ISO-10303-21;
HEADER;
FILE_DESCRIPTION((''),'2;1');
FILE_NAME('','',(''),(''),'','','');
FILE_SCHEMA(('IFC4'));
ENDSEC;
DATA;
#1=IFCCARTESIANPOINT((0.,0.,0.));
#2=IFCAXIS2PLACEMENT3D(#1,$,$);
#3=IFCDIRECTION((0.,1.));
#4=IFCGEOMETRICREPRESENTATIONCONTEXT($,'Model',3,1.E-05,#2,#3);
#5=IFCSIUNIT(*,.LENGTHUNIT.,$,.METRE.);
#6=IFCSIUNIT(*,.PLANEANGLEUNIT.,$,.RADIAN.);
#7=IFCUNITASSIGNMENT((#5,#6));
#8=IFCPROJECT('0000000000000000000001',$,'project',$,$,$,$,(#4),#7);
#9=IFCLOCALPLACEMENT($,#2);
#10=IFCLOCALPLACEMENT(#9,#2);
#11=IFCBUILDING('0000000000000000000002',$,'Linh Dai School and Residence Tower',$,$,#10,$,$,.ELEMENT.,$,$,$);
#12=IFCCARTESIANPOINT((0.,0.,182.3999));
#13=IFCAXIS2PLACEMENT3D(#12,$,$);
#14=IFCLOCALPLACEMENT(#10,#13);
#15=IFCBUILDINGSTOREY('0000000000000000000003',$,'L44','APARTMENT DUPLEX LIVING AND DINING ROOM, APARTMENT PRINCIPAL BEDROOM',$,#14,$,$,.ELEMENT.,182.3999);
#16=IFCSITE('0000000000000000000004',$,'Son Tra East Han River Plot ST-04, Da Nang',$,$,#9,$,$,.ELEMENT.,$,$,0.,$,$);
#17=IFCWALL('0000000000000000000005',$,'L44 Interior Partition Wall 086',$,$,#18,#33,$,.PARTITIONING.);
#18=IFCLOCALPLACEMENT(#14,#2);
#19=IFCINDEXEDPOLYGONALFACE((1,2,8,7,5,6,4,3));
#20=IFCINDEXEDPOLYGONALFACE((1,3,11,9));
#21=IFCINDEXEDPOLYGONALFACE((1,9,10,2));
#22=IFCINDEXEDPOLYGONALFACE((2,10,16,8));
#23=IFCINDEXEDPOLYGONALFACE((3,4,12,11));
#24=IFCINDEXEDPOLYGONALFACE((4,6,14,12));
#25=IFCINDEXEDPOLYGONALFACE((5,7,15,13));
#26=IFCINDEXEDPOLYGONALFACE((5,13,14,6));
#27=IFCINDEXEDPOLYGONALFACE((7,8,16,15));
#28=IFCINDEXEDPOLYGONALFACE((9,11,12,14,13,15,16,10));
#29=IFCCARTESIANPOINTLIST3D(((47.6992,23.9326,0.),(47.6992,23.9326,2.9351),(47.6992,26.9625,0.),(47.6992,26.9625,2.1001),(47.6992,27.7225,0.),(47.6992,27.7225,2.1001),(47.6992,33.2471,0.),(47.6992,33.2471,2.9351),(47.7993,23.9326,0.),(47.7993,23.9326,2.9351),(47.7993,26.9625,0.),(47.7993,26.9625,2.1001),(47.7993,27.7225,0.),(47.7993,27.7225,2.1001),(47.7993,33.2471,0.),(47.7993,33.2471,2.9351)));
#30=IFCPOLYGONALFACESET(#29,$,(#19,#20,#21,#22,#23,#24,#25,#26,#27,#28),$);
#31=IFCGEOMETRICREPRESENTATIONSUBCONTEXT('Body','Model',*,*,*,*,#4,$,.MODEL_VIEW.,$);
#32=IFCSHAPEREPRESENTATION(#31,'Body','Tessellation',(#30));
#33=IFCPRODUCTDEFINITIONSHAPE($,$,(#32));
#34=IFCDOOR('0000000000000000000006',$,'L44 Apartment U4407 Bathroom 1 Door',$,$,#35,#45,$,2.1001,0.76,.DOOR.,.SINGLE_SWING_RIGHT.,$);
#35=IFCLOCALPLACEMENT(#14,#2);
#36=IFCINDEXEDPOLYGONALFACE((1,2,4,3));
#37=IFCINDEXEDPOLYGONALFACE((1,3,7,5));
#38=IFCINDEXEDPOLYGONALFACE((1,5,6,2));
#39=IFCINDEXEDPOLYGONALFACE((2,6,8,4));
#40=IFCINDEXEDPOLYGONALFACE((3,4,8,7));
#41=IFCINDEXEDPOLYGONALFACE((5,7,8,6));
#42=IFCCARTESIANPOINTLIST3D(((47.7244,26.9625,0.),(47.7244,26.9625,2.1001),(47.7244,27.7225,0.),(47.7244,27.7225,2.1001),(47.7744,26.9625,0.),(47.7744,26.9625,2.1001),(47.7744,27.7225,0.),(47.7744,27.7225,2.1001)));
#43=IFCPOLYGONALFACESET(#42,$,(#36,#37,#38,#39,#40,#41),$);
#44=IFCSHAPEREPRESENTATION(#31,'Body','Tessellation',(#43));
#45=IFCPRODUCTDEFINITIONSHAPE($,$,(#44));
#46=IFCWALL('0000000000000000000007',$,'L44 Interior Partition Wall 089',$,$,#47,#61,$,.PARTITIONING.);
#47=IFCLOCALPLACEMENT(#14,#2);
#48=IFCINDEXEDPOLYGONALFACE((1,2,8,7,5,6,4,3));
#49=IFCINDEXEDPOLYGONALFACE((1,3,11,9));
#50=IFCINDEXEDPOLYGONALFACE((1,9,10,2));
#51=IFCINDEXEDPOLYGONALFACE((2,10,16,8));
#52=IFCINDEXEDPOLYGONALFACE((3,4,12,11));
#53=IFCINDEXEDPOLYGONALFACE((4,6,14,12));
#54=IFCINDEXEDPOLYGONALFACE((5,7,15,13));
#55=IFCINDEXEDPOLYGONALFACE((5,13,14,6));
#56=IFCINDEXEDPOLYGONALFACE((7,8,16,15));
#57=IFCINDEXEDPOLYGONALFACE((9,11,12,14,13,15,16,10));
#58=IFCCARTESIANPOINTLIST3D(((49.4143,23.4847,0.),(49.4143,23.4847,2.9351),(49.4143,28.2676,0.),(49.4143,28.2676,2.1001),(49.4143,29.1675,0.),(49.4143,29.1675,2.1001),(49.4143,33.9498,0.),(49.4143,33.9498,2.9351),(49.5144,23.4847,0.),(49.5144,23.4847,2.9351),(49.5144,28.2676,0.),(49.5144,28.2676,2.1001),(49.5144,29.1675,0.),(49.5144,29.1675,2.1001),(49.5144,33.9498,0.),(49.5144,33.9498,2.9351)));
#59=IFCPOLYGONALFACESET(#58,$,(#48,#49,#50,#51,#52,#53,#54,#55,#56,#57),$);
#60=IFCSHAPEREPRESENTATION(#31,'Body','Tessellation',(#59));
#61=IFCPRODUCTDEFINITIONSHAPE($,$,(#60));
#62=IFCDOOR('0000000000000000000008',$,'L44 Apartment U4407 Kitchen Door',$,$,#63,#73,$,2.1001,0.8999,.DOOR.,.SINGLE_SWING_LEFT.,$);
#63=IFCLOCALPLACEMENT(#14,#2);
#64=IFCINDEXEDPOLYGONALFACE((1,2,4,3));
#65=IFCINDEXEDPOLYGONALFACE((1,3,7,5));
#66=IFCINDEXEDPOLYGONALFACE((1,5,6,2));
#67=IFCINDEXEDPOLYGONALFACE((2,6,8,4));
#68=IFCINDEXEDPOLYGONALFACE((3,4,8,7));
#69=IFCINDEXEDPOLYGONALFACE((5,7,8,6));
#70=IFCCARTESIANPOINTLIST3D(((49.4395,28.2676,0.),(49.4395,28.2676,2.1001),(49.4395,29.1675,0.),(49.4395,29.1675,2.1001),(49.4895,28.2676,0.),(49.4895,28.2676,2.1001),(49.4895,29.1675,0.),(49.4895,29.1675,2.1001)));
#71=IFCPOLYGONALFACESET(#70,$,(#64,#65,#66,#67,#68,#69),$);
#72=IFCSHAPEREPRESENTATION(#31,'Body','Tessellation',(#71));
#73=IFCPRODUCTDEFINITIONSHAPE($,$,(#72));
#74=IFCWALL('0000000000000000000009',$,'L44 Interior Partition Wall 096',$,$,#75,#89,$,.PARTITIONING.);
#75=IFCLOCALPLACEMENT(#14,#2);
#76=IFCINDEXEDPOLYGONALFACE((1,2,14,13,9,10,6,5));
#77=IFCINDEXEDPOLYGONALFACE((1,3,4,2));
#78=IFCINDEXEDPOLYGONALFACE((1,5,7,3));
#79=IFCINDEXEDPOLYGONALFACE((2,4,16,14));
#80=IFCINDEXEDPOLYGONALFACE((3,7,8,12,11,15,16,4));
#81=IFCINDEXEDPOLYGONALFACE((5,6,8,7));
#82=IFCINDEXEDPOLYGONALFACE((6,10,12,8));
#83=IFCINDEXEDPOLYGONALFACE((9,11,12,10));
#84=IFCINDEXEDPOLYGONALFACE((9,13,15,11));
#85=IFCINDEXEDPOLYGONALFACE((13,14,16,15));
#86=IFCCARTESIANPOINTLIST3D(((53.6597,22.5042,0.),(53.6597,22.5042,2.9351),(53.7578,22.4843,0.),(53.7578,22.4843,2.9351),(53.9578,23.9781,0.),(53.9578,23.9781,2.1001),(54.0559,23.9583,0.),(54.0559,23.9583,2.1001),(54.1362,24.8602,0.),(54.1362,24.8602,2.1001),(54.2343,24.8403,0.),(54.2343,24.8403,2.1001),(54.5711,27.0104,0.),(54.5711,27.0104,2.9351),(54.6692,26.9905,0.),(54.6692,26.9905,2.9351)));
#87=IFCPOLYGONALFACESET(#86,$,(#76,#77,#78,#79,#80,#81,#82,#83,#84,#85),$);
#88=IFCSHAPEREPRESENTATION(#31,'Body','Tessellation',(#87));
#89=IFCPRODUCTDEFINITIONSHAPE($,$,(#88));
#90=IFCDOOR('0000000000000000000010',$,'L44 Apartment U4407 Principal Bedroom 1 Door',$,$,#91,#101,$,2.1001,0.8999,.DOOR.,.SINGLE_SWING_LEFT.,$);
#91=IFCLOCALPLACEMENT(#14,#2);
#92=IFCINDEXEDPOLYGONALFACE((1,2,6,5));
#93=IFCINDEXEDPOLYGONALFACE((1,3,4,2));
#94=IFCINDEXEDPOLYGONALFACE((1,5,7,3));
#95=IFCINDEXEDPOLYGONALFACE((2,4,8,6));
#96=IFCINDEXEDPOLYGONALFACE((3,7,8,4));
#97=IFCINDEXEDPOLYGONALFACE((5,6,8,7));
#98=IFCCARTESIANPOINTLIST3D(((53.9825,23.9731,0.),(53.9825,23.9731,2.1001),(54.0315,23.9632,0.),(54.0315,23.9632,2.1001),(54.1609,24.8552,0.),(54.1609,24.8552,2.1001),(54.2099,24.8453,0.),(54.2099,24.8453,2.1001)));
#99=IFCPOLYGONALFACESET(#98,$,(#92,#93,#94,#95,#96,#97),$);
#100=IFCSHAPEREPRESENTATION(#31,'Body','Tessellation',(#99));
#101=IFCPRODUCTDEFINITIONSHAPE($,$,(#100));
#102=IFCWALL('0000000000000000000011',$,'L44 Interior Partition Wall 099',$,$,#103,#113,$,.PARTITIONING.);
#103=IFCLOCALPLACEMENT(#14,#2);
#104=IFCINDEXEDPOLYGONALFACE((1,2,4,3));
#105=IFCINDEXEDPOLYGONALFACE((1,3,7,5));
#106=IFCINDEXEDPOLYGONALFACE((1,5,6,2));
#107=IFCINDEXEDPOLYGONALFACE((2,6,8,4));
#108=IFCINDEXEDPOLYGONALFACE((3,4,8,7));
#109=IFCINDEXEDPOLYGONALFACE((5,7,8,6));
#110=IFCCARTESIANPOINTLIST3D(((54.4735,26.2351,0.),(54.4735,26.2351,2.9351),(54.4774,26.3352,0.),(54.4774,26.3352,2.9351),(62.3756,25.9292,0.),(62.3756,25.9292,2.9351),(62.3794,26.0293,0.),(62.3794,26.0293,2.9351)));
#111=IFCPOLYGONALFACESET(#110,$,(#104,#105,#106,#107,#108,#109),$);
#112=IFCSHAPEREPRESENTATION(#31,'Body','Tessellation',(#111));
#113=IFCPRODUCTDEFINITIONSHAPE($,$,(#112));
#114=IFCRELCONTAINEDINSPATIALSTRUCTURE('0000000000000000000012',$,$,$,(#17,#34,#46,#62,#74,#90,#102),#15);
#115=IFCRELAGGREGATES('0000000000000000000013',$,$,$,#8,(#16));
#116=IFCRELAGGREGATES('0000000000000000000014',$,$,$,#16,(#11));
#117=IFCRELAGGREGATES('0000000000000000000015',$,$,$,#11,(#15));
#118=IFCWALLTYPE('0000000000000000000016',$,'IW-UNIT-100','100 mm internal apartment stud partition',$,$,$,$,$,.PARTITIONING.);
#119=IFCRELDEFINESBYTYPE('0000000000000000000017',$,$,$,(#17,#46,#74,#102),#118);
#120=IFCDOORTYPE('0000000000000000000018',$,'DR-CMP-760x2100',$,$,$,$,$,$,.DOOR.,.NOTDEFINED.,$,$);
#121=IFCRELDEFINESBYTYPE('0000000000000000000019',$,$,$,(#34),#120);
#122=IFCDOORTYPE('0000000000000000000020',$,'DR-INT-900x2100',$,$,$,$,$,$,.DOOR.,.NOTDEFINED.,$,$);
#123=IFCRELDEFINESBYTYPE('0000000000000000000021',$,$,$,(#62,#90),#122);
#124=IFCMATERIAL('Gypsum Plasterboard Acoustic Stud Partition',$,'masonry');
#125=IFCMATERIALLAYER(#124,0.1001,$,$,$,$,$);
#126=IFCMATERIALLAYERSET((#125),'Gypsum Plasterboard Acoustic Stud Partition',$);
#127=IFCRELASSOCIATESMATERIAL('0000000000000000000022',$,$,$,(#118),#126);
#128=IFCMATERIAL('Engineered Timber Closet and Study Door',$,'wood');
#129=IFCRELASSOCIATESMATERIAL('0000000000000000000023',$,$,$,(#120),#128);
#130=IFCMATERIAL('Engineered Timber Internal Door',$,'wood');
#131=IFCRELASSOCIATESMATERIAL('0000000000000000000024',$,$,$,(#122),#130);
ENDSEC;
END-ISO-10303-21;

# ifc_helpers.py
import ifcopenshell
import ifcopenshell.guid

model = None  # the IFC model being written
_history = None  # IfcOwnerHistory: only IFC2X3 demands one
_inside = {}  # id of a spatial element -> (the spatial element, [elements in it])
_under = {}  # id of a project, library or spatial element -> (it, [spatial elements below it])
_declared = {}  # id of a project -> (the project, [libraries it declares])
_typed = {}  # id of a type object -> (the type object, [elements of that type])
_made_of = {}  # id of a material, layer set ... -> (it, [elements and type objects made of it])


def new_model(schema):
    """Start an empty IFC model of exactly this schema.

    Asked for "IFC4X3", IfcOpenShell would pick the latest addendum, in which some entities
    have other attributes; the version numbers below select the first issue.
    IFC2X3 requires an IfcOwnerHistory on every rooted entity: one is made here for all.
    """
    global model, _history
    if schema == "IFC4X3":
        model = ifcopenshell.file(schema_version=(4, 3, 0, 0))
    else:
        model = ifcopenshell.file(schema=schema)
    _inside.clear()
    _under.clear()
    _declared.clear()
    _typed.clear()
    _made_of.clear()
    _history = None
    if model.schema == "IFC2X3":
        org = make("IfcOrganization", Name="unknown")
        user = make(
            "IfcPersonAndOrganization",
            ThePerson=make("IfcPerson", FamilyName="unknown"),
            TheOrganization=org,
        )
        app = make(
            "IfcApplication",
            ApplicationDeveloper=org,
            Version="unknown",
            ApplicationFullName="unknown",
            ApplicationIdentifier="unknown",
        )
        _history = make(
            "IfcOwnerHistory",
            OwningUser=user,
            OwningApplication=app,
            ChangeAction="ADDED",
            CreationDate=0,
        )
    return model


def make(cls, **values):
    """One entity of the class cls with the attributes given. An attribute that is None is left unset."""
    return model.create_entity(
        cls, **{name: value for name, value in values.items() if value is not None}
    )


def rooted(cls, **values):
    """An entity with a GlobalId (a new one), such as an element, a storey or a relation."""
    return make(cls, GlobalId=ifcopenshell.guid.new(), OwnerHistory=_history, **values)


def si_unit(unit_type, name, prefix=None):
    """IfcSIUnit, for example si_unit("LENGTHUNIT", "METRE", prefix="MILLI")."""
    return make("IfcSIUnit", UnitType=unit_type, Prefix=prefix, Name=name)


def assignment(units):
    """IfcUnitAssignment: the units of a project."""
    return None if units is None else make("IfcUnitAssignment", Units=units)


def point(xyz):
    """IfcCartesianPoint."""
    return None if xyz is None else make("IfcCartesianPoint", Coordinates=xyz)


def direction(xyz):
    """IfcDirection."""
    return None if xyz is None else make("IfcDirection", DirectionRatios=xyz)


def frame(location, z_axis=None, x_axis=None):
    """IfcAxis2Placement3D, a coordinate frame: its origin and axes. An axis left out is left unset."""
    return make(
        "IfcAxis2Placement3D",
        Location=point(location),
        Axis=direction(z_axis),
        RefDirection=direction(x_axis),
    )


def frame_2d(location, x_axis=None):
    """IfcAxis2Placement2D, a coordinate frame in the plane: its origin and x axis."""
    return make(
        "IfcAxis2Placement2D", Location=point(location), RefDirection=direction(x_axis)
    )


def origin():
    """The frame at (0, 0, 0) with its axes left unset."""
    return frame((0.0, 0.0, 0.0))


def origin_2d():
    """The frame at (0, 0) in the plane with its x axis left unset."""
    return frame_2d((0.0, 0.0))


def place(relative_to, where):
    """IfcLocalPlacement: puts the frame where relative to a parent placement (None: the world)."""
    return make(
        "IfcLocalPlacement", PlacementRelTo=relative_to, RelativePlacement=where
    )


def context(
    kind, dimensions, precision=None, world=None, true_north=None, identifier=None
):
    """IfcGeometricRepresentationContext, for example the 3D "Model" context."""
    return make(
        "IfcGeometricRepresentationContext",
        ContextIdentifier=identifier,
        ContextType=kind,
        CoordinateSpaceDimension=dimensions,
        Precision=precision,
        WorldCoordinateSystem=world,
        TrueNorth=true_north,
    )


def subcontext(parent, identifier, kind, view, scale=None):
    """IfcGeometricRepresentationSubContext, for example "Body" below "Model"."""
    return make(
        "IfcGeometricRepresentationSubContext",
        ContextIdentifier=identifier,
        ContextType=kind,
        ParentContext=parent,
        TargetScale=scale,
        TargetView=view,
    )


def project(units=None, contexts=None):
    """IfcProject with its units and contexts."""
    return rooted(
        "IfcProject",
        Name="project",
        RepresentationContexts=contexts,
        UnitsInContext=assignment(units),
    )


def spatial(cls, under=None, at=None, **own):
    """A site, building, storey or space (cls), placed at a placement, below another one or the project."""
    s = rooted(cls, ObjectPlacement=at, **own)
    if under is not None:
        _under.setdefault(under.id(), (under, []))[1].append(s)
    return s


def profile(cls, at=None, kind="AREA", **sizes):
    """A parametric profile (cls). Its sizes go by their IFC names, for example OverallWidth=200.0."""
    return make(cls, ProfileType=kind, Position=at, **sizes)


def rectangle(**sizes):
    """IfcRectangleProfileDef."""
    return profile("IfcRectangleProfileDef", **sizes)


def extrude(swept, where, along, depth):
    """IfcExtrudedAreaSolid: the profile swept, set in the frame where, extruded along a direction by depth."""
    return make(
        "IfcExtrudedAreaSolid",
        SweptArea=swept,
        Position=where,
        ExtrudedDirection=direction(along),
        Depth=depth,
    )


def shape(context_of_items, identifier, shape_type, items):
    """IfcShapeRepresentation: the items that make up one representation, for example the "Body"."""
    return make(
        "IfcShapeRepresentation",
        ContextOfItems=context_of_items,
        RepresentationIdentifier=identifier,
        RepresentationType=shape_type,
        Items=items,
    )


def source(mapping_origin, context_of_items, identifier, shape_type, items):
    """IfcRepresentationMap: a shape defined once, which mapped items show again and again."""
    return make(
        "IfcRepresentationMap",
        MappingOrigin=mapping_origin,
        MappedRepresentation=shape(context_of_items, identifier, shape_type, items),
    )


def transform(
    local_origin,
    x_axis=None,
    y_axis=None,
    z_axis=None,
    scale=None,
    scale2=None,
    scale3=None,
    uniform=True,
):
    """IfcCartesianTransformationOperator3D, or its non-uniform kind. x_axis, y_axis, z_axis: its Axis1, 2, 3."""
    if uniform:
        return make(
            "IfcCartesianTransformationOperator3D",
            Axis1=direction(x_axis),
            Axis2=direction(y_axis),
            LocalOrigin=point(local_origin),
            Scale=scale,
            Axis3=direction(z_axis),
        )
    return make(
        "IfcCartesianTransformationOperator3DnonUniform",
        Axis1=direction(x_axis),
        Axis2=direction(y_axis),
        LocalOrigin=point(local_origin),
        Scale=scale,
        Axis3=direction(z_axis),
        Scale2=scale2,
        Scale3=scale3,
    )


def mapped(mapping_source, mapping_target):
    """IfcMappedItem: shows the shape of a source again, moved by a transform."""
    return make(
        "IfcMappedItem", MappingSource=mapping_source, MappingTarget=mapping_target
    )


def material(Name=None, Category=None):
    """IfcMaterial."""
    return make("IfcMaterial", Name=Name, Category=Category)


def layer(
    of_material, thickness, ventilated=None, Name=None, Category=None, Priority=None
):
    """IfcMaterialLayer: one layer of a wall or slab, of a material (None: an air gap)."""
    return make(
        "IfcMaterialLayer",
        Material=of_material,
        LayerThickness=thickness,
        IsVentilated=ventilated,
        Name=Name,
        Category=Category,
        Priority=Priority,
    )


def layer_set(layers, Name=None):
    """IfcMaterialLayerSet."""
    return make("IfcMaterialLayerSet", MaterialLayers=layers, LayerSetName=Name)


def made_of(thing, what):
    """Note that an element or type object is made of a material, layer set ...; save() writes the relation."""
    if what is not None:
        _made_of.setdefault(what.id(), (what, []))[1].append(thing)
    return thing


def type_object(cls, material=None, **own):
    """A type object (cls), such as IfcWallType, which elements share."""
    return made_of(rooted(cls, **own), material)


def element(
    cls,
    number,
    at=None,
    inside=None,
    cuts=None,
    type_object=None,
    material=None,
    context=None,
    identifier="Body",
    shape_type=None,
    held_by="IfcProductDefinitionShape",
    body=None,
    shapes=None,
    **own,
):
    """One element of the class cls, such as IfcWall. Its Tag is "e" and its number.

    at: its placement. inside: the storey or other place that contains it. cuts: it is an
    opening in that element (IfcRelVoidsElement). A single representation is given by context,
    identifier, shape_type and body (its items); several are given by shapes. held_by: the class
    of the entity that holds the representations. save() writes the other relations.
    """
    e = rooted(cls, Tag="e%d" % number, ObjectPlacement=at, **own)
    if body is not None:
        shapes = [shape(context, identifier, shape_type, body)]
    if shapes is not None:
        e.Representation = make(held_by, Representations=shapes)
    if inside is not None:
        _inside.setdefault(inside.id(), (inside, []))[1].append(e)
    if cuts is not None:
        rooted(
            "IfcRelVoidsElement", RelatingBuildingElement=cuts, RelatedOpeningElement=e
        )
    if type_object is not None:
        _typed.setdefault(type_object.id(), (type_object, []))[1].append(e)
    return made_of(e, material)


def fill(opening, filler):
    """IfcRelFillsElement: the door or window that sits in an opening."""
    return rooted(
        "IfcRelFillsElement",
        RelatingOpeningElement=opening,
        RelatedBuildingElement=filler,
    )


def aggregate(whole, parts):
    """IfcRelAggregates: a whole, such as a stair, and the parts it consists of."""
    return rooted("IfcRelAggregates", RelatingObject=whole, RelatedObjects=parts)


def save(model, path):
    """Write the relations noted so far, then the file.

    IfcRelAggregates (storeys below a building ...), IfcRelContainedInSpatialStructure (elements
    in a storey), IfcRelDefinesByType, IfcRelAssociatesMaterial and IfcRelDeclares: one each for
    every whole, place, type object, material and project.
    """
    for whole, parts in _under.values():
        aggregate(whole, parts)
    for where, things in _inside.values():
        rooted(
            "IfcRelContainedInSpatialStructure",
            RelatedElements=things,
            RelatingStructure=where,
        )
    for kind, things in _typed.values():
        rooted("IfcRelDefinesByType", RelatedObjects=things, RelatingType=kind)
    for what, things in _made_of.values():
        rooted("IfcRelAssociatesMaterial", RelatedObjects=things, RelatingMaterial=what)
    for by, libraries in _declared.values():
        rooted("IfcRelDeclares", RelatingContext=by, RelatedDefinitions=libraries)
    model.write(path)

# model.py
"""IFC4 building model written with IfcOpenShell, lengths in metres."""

from ifc_helpers import new_model, si_unit, direction, frame, frame_2d, origin, origin_2d, place, context, subcontext, project, spatial, rectangle, extrude, source, transform, mapped, material, layer, layer_set, type_object, element, fill, save


model = new_model("IFC4")

# Units and contexts
model_context = context("Model", 3, precision=1e-05, world=origin(), true_north=direction((0.0, 1.0)))
body_context = subcontext(model_context, "Body", "Model", "MODEL_VIEW")
ifc_project = project(units=[si_unit("LENGTHUNIT", "METRE"), si_unit("PLANEANGLEUNIT", "RADIAN")], contexts=[model_context])

# Site, building, storey
site_placement = place(None, origin())
site = spatial("IfcSite", under=ifc_project, at=site_placement, Name="Son Tra East Han River Plot ST-04, Da Nang", CompositionType="ELEMENT", RefElevation=0.0)
building_placement = place(site_placement, origin())
building = spatial("IfcBuilding", under=site, at=building_placement, Name="Linh Dai School and Residence Tower", CompositionType="ELEMENT")
storey_placement = place(building_placement, frame((0.0, 0.0, 182.3999)))
storey = spatial("IfcBuildingStorey", under=building, at=storey_placement, Name="L44", Description="APARTMENT DUPLEX LIVING AND DINING ROOM, APARTMENT PRINCIPAL BEDROOM", CompositionType="ELEMENT", Elevation=182.3999)

# Walls, openings, doors
ifc_material_1 = material(Name="Gypsum Plasterboard Acoustic Stud Partition", Category="masonry")
ifc_layer_1 = layer(ifc_material_1, 0.1001)
ifc_layer_set_1 = layer_set([ifc_layer_1], Name="Gypsum Plasterboard Acoustic Stud Partition")
wall_type_1 = type_object("IfcWallType", Name="IW-UNIT-100", Description="100 mm internal apartment stud partition", PredefinedType="PARTITIONING", material=ifc_layer_set_1)
wall_1_placement = place(storey_placement, frame((47.7493, 23.9326, 0.0), z_axis=(0.0, 0.0, 1.0), x_axis=(0.0, 1.0, 0.0)))
wall_1 = element("IfcWall", 1, at=wall_1_placement, inside=storey, type_object=wall_type_1, Name="L44 Interior Partition Wall 086", PredefinedType="PARTITIONING", context=body_context, shape_type="SweptSolid", body=[
    extrude(rectangle(XDim=9.3145, YDim=0.1001, at=frame_2d((4.6572, 0.0))), origin(), (0.0, 0.0, 1.0), 2.9351),
])
opening_1_placement = place(wall_1_placement, frame((3.03, 0.0, 0.0)))
opening_1 = element("IfcOpeningElement", 2, at=opening_1_placement, cuts=wall_1, PredefinedType="OPENING", context=body_context, shape_type="SweptSolid", body=[
    extrude(rectangle(XDim=0.76, YDim=2.1001, at=origin_2d()), frame((0.3799, 0.0601, 1.05), z_axis=(0.0, -1.0, 0.0), x_axis=(1.0, 0.0, 0.0)), (0.0, 0.0, 1.0), 0.1201),
])
ifc_material_2 = material(Name="Engineered Timber Closet and Study Door", Category="wood")
door_type_1 = type_object("IfcDoorType", Name="DR-CMP-760x2100", OperationType="NOTDEFINED", PredefinedType="DOOR", material=ifc_material_2)
shared_shape_1 = source(origin(), body_context, "Body", "SweptSolid", [
    extrude(rectangle(XDim=0.76, YDim=2.1001, at=origin_2d()), frame((0.3799, 0.0249, 1.05), z_axis=(0.0, -1.0, 0.0), x_axis=(1.0, 0.0, 0.0)), (0.0, 0.0, 1.0), 0.05),
])
door_1_placement = place(opening_1_placement, origin())
door_1 = element("IfcDoor", 3, at=door_1_placement, inside=storey, type_object=door_type_1, Name="L44 Apartment U4407 Bathroom 1 Door", OperationType="SINGLE_SWING_RIGHT", OverallHeight=2.1001, OverallWidth=0.76, PredefinedType="DOOR", context=body_context, shape_type="MappedRepresentation", body=[
    mapped(shared_shape_1, transform((0.0, 0.0, 0.0), x_axis=(1.0, 0.0, 0.0), y_axis=(0.0, 1.0, 0.0), z_axis=(0.0, 0.0, 1.0), scale=1.0)),
])
fill(opening_1, door_1)
wall_2_placement = place(storey_placement, frame((49.4644, 23.4849, 0.0), z_axis=(0.0, 0.0, 1.0), x_axis=(0.0, 1.0, 0.0)))
wall_2 = element("IfcWall", 4, at=wall_2_placement, inside=storey, type_object=wall_type_1, Name="L44 Interior Partition Wall 089", PredefinedType="PARTITIONING", context=body_context, shape_type="SweptSolid", body=[
    extrude(rectangle(XDim=10.4651, YDim=0.1001, at=frame_2d((5.2324, 0.0))), origin(), (0.0, 0.0, 1.0), 2.9351),
])
opening_2_placement = place(wall_2_placement, frame((4.7827, 0.0, 0.0)))
opening_2 = element("IfcOpeningElement", 5, at=opening_2_placement, cuts=wall_2, PredefinedType="OPENING", context=body_context, shape_type="SweptSolid", body=[
    extrude(rectangle(XDim=0.8999, YDim=2.1001, at=origin_2d()), frame((0.45, 0.0601, 1.05), z_axis=(0.0, -1.0, 0.0), x_axis=(1.0, 0.0, 0.0)), (0.0, 0.0, 1.0), 0.1201),
])
ifc_material_3 = material(Name="Engineered Timber Internal Door", Category="wood")
door_type_2 = type_object("IfcDoorType", Name="DR-INT-900x2100", OperationType="NOTDEFINED", PredefinedType="DOOR", material=ifc_material_3)
shared_shape_2 = source(origin(), body_context, "Body", "SweptSolid", [
    extrude(rectangle(XDim=0.8999, YDim=2.1001, at=origin_2d()), frame((0.45, 0.0249, 1.05), z_axis=(0.0, -1.0, 0.0), x_axis=(1.0, 0.0, 0.0)), (0.0, 0.0, 1.0), 0.05),
])
door_2_placement = place(opening_2_placement, origin())
door_2 = element("IfcDoor", 6, at=door_2_placement, inside=storey, type_object=door_type_2, Name="L44 Apartment U4407 Kitchen Door", OperationType="SINGLE_SWING_LEFT", OverallHeight=2.1001, OverallWidth=0.8999, PredefinedType="DOOR", context=body_context, shape_type="MappedRepresentation", body=[
    mapped(shared_shape_2, transform((0.0, 0.0, 0.0), x_axis=(1.0, 0.0, 0.0), y_axis=(0.0, 1.0, 0.0), z_axis=(0.0, 0.0, 1.0), scale=1.0)),
])
fill(opening_2, door_2)
wall_3_placement = place(storey_placement, frame((53.7087, 22.4941, 0.0), z_axis=(0.0, 0.0, 1.0), x_axis=(0.19824, 0.980154, 0.0)))
wall_3 = element("IfcWall", 7, at=wall_3_placement, inside=storey, type_object=wall_type_1, Name="L44 Interior Partition Wall 096", PredefinedType="PARTITIONING", context=body_context, shape_type="SweptSolid", body=[
    extrude(rectangle(XDim=4.5974, YDim=0.1001, at=frame_2d((2.2988, 0.0))), origin(), (0.0, 0.0, 1.0), 2.9351),
])
opening_3_placement = place(wall_3_placement, frame((1.5039, 0.0, 0.0)))
opening_3 = element("IfcOpeningElement", 8, at=opening_3_placement, cuts=wall_3, PredefinedType="OPENING", context=body_context, shape_type="SweptSolid", body=[
    extrude(rectangle(XDim=0.8999, YDim=2.1001, at=origin_2d()), frame((0.45, 0.0601, 1.05), z_axis=(0.0, -1.0, 0.0), x_axis=(1.0, 0.0, 0.0)), (0.0, 0.0, 1.0), 0.1201),
])
door_3_placement = place(opening_3_placement, origin())
door_3 = element("IfcDoor", 9, at=door_3_placement, inside=storey, type_object=door_type_2, Name="L44 Apartment U4407 Principal Bedroom 1 Door", OperationType="SINGLE_SWING_LEFT", OverallHeight=2.1001, OverallWidth=0.8999, PredefinedType="DOOR", context=body_context, shape_type="MappedRepresentation", body=[
    mapped(shared_shape_2, transform((0.0, 0.0, 0.0), x_axis=(1.0, 0.0, 0.0), y_axis=(0.0, 1.0, 0.0), z_axis=(0.0, 0.0, 1.0), scale=1.0)),
])
fill(opening_3, door_3)

# Wall
wall_4_placement = place(storey_placement, frame((54.4753, 26.2852, 0.0), z_axis=(0.0, 0.0, 1.0), x_axis=(0.999252, -0.038683, 0.0)))
element("IfcWall", 10, at=wall_4_placement, inside=storey, type_object=wall_type_1, Name="L44 Interior Partition Wall 099", PredefinedType="PARTITIONING", context=body_context, shape_type="SweptSolid", body=[
    extrude(rectangle(XDim=7.908, YDim=0.1001, at=frame_2d((3.9541, 0.0))), origin(), (0.0, 0.0, 1.0), 2.9351),
])

save(model, "model.ifc")
